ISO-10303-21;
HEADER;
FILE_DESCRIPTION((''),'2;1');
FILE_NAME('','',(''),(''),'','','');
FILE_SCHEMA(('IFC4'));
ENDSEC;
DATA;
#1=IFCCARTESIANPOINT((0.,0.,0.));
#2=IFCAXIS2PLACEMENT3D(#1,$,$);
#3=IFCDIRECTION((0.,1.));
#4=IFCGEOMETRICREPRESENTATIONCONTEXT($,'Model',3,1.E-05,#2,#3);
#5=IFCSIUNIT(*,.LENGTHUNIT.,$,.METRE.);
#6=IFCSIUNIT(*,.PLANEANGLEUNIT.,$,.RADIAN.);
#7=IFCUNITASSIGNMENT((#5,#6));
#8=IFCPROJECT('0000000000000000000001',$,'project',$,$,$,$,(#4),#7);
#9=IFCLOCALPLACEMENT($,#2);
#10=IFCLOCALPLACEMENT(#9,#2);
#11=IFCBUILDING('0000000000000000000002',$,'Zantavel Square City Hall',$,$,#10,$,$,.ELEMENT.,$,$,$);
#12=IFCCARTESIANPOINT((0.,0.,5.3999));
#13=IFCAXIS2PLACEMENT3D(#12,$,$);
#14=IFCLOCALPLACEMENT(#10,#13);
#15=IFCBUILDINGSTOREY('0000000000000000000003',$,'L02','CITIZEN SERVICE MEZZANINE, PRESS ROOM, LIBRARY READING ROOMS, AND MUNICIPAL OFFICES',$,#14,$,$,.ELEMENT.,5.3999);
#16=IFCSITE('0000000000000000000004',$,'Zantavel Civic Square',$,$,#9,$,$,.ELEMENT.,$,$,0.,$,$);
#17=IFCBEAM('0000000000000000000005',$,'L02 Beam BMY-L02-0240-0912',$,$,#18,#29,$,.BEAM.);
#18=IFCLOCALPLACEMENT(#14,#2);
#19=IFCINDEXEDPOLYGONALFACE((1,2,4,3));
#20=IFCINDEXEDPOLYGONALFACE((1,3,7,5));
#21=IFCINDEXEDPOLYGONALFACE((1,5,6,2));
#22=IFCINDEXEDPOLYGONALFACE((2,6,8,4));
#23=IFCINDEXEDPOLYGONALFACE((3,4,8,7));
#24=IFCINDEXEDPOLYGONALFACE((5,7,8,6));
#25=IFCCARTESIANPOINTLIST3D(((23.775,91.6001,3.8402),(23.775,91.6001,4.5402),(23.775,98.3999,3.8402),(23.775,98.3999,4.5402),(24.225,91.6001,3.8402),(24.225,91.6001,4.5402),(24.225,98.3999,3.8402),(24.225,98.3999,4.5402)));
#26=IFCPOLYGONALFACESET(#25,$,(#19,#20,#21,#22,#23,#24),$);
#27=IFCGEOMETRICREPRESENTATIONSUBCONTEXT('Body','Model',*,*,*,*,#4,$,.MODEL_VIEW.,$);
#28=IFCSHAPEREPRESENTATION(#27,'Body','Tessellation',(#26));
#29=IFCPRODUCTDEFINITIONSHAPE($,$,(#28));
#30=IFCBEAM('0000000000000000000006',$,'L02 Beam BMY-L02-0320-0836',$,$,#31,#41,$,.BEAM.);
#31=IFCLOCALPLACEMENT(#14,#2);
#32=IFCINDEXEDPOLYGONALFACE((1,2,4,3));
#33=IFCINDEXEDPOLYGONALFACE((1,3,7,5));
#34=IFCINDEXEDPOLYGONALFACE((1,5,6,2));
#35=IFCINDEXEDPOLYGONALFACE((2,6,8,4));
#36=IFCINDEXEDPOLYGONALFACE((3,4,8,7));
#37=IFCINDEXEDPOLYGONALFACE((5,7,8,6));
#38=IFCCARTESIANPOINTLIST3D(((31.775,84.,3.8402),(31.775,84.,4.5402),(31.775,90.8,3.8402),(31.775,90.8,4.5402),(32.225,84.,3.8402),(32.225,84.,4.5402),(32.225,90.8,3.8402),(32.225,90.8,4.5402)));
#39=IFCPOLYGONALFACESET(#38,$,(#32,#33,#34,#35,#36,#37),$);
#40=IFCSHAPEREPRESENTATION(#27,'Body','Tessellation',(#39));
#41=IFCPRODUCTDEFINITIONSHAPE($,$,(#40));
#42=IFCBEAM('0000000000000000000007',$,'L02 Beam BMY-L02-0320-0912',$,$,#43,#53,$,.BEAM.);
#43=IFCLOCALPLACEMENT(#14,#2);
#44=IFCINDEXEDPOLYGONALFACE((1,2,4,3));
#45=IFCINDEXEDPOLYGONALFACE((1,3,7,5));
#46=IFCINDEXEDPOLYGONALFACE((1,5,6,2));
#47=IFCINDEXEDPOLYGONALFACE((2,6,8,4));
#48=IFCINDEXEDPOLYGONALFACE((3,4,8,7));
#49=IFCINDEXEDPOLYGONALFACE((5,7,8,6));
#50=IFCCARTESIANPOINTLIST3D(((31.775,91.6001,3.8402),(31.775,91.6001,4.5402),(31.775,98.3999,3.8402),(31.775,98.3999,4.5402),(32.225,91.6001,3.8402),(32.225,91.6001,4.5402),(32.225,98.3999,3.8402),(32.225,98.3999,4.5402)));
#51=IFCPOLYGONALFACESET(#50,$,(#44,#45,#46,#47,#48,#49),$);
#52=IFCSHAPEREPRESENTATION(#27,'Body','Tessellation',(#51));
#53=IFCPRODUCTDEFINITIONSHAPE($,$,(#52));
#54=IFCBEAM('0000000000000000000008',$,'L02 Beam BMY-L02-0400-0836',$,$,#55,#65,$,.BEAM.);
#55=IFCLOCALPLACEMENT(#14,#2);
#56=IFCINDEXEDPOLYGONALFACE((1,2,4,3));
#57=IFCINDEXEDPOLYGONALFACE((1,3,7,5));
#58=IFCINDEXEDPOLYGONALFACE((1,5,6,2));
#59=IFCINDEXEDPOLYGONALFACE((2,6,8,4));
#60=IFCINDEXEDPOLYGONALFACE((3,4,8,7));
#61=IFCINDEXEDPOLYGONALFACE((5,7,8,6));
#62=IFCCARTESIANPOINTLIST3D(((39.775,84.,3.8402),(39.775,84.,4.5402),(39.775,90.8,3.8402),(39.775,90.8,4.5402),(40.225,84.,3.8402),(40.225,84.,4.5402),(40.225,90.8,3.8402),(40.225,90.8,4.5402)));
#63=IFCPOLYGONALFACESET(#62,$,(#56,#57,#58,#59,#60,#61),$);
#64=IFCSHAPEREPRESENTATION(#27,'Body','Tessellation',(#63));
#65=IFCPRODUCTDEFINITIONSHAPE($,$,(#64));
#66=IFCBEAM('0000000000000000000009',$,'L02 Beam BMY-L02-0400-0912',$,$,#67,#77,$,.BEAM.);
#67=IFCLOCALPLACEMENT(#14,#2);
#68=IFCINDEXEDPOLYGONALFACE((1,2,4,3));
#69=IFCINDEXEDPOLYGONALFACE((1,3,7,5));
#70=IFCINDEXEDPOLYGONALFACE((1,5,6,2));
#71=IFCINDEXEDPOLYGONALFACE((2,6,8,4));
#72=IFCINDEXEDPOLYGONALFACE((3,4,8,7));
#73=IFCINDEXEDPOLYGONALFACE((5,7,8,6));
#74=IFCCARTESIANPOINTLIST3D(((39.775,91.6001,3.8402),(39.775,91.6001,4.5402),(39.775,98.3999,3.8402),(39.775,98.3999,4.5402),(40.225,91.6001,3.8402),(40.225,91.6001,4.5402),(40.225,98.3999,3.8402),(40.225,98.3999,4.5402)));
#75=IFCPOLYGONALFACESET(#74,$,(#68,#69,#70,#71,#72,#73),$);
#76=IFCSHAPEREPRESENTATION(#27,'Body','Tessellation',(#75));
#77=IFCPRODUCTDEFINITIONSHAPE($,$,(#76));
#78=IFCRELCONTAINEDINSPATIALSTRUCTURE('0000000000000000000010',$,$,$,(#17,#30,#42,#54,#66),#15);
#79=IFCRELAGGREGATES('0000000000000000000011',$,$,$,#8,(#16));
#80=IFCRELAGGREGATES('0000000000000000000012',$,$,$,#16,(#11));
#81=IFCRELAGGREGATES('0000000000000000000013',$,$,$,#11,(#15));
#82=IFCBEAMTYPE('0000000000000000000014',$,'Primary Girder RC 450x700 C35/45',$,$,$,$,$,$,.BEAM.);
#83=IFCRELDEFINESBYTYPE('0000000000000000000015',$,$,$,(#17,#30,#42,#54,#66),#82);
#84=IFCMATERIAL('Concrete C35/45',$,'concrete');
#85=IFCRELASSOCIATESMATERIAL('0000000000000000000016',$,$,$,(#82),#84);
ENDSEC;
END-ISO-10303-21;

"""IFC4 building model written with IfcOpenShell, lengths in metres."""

from ifc_helpers import new_model, si_unit, direction, frame, origin, origin_2d, place, context, subcontext, project, spatial, rectangle, extrude, material, material_profile, profile_set, type_object, element, save


model = new_model("IFC4")

# Units and contexts
model_context = context("Model", 3, precision=1e-05, world=origin(), true_north=direction((0.0, 1.0)))
body_context = subcontext(model_context, "Body", "Model", "MODEL_VIEW")
ifc_project = project(units=[si_unit("LENGTHUNIT", "METRE"), si_unit("PLANEANGLEUNIT", "RADIAN")], contexts=[model_context])

# Site, building, storey
site_placement = place(None, origin())
site = spatial("IfcSite", under=ifc_project, at=site_placement, Name="Zantavel Civic Square", CompositionType="ELEMENT", RefElevation=0.0)
building_placement = place(site_placement, origin())
building = spatial("IfcBuilding", under=site, at=building_placement, Name="Zantavel Square City Hall", CompositionType="ELEMENT")
storey_placement = place(building_placement, frame((0.0, 0.0, 5.3999)))
storey = spatial("IfcBuildingStorey", under=building, at=storey_placement, Name="L02", Description="CITIZEN SERVICE MEZZANINE, PRESS ROOM, LIBRARY READING ROOMS, AND MUNICIPAL OFFICES", CompositionType="ELEMENT", Elevation=5.3999)

# Beams
ifc_material_1 = material(Name="Concrete C35/45", Category="concrete")
ifc_material_profile_1 = material_profile(ifc_material_1, rectangle(XDim=0.45, YDim=0.7, at=origin_2d()), Name="RC 450x700")
ifc_profile_set_1 = profile_set([ifc_material_profile_1], Name="Concrete C35/45")
beam_type_1 = type_object("IfcBeamType", Name="Primary Girder RC 450x700 C35/45", PredefinedType="BEAM", material=ifc_profile_set_1)
beam_1_placement = place(storey_placement, frame((24.0, 91.6001, 4.1902), z_axis=(0.0, 1.0, 0.0), x_axis=(-1.0, 0.0, 0.0)))
element("IfcBeam", 1, at=beam_1_placement, inside=storey, type_object=beam_type_1, Name="L02 Beam BMY-L02-0240-0912", PredefinedType="BEAM", context=body_context, shape_type="SweptSolid", body=[
    extrude(rectangle(XDim=0.45, YDim=0.7, at=origin_2d()), origin(), (0.0, 0.0, 1.0), 6.7998),
])
beam_2_placement = place(storey_placement, frame((32.0, 84.0, 4.1902), z_axis=(0.0, 1.0, 0.0), x_axis=(-1.0, 0.0, 0.0)))
element("IfcBeam", 2, at=beam_2_placement, inside=storey, type_object=beam_type_1, Name="L02 Beam BMY-L02-0320-0836", PredefinedType="BEAM", context=body_context, shape_type="SweptSolid", body=[
    extrude(rectangle(XDim=0.45, YDim=0.7, at=origin_2d()), origin(), (0.0, 0.0, 1.0), 6.8),
])
beam_3_placement = place(storey_placement, frame((32.0, 91.6001, 4.1902), z_axis=(0.0, 1.0, 0.0), x_axis=(-1.0, 0.0, 0.0)))
element("IfcBeam", 3, at=beam_3_placement, inside=storey, type_object=beam_type_1, Name="L02 Beam BMY-L02-0320-0912", PredefinedType="BEAM", context=body_context, shape_type="SweptSolid", body=[
    extrude(rectangle(XDim=0.45, YDim=0.7, at=origin_2d()), origin(), (0.0, 0.0, 1.0), 6.7998),
])
beam_4_placement = place(storey_placement, frame((40.0, 84.0, 4.1902), z_axis=(0.0, 1.0, 0.0), x_axis=(-1.0, 0.0, 0.0)))
element("IfcBeam", 4, at=beam_4_placement, inside=storey, type_object=beam_type_1, Name="L02 Beam BMY-L02-0400-0836", PredefinedType="BEAM", context=body_context, shape_type="SweptSolid", body=[
    extrude(rectangle(XDim=0.45, YDim=0.7, at=origin_2d()), origin(), (0.0, 0.0, 1.0), 6.8),
])
beam_5_placement = place(storey_placement, frame((40.0, 91.6001, 4.1902), z_axis=(0.0, 1.0, 0.0), x_axis=(-1.0, 0.0, 0.0)))
element("IfcBeam", 5, at=beam_5_placement, inside=storey, type_object=beam_type_1, Name="L02 Beam BMY-L02-0400-0912", PredefinedType="BEAM", context=body_context, shape_type="SweptSolid", body=[
    extrude(rectangle(XDim=0.45, YDim=0.7, at=origin_2d()), origin(), (0.0, 0.0, 1.0), 6.7998),
])

save(model, "model.ifc")
